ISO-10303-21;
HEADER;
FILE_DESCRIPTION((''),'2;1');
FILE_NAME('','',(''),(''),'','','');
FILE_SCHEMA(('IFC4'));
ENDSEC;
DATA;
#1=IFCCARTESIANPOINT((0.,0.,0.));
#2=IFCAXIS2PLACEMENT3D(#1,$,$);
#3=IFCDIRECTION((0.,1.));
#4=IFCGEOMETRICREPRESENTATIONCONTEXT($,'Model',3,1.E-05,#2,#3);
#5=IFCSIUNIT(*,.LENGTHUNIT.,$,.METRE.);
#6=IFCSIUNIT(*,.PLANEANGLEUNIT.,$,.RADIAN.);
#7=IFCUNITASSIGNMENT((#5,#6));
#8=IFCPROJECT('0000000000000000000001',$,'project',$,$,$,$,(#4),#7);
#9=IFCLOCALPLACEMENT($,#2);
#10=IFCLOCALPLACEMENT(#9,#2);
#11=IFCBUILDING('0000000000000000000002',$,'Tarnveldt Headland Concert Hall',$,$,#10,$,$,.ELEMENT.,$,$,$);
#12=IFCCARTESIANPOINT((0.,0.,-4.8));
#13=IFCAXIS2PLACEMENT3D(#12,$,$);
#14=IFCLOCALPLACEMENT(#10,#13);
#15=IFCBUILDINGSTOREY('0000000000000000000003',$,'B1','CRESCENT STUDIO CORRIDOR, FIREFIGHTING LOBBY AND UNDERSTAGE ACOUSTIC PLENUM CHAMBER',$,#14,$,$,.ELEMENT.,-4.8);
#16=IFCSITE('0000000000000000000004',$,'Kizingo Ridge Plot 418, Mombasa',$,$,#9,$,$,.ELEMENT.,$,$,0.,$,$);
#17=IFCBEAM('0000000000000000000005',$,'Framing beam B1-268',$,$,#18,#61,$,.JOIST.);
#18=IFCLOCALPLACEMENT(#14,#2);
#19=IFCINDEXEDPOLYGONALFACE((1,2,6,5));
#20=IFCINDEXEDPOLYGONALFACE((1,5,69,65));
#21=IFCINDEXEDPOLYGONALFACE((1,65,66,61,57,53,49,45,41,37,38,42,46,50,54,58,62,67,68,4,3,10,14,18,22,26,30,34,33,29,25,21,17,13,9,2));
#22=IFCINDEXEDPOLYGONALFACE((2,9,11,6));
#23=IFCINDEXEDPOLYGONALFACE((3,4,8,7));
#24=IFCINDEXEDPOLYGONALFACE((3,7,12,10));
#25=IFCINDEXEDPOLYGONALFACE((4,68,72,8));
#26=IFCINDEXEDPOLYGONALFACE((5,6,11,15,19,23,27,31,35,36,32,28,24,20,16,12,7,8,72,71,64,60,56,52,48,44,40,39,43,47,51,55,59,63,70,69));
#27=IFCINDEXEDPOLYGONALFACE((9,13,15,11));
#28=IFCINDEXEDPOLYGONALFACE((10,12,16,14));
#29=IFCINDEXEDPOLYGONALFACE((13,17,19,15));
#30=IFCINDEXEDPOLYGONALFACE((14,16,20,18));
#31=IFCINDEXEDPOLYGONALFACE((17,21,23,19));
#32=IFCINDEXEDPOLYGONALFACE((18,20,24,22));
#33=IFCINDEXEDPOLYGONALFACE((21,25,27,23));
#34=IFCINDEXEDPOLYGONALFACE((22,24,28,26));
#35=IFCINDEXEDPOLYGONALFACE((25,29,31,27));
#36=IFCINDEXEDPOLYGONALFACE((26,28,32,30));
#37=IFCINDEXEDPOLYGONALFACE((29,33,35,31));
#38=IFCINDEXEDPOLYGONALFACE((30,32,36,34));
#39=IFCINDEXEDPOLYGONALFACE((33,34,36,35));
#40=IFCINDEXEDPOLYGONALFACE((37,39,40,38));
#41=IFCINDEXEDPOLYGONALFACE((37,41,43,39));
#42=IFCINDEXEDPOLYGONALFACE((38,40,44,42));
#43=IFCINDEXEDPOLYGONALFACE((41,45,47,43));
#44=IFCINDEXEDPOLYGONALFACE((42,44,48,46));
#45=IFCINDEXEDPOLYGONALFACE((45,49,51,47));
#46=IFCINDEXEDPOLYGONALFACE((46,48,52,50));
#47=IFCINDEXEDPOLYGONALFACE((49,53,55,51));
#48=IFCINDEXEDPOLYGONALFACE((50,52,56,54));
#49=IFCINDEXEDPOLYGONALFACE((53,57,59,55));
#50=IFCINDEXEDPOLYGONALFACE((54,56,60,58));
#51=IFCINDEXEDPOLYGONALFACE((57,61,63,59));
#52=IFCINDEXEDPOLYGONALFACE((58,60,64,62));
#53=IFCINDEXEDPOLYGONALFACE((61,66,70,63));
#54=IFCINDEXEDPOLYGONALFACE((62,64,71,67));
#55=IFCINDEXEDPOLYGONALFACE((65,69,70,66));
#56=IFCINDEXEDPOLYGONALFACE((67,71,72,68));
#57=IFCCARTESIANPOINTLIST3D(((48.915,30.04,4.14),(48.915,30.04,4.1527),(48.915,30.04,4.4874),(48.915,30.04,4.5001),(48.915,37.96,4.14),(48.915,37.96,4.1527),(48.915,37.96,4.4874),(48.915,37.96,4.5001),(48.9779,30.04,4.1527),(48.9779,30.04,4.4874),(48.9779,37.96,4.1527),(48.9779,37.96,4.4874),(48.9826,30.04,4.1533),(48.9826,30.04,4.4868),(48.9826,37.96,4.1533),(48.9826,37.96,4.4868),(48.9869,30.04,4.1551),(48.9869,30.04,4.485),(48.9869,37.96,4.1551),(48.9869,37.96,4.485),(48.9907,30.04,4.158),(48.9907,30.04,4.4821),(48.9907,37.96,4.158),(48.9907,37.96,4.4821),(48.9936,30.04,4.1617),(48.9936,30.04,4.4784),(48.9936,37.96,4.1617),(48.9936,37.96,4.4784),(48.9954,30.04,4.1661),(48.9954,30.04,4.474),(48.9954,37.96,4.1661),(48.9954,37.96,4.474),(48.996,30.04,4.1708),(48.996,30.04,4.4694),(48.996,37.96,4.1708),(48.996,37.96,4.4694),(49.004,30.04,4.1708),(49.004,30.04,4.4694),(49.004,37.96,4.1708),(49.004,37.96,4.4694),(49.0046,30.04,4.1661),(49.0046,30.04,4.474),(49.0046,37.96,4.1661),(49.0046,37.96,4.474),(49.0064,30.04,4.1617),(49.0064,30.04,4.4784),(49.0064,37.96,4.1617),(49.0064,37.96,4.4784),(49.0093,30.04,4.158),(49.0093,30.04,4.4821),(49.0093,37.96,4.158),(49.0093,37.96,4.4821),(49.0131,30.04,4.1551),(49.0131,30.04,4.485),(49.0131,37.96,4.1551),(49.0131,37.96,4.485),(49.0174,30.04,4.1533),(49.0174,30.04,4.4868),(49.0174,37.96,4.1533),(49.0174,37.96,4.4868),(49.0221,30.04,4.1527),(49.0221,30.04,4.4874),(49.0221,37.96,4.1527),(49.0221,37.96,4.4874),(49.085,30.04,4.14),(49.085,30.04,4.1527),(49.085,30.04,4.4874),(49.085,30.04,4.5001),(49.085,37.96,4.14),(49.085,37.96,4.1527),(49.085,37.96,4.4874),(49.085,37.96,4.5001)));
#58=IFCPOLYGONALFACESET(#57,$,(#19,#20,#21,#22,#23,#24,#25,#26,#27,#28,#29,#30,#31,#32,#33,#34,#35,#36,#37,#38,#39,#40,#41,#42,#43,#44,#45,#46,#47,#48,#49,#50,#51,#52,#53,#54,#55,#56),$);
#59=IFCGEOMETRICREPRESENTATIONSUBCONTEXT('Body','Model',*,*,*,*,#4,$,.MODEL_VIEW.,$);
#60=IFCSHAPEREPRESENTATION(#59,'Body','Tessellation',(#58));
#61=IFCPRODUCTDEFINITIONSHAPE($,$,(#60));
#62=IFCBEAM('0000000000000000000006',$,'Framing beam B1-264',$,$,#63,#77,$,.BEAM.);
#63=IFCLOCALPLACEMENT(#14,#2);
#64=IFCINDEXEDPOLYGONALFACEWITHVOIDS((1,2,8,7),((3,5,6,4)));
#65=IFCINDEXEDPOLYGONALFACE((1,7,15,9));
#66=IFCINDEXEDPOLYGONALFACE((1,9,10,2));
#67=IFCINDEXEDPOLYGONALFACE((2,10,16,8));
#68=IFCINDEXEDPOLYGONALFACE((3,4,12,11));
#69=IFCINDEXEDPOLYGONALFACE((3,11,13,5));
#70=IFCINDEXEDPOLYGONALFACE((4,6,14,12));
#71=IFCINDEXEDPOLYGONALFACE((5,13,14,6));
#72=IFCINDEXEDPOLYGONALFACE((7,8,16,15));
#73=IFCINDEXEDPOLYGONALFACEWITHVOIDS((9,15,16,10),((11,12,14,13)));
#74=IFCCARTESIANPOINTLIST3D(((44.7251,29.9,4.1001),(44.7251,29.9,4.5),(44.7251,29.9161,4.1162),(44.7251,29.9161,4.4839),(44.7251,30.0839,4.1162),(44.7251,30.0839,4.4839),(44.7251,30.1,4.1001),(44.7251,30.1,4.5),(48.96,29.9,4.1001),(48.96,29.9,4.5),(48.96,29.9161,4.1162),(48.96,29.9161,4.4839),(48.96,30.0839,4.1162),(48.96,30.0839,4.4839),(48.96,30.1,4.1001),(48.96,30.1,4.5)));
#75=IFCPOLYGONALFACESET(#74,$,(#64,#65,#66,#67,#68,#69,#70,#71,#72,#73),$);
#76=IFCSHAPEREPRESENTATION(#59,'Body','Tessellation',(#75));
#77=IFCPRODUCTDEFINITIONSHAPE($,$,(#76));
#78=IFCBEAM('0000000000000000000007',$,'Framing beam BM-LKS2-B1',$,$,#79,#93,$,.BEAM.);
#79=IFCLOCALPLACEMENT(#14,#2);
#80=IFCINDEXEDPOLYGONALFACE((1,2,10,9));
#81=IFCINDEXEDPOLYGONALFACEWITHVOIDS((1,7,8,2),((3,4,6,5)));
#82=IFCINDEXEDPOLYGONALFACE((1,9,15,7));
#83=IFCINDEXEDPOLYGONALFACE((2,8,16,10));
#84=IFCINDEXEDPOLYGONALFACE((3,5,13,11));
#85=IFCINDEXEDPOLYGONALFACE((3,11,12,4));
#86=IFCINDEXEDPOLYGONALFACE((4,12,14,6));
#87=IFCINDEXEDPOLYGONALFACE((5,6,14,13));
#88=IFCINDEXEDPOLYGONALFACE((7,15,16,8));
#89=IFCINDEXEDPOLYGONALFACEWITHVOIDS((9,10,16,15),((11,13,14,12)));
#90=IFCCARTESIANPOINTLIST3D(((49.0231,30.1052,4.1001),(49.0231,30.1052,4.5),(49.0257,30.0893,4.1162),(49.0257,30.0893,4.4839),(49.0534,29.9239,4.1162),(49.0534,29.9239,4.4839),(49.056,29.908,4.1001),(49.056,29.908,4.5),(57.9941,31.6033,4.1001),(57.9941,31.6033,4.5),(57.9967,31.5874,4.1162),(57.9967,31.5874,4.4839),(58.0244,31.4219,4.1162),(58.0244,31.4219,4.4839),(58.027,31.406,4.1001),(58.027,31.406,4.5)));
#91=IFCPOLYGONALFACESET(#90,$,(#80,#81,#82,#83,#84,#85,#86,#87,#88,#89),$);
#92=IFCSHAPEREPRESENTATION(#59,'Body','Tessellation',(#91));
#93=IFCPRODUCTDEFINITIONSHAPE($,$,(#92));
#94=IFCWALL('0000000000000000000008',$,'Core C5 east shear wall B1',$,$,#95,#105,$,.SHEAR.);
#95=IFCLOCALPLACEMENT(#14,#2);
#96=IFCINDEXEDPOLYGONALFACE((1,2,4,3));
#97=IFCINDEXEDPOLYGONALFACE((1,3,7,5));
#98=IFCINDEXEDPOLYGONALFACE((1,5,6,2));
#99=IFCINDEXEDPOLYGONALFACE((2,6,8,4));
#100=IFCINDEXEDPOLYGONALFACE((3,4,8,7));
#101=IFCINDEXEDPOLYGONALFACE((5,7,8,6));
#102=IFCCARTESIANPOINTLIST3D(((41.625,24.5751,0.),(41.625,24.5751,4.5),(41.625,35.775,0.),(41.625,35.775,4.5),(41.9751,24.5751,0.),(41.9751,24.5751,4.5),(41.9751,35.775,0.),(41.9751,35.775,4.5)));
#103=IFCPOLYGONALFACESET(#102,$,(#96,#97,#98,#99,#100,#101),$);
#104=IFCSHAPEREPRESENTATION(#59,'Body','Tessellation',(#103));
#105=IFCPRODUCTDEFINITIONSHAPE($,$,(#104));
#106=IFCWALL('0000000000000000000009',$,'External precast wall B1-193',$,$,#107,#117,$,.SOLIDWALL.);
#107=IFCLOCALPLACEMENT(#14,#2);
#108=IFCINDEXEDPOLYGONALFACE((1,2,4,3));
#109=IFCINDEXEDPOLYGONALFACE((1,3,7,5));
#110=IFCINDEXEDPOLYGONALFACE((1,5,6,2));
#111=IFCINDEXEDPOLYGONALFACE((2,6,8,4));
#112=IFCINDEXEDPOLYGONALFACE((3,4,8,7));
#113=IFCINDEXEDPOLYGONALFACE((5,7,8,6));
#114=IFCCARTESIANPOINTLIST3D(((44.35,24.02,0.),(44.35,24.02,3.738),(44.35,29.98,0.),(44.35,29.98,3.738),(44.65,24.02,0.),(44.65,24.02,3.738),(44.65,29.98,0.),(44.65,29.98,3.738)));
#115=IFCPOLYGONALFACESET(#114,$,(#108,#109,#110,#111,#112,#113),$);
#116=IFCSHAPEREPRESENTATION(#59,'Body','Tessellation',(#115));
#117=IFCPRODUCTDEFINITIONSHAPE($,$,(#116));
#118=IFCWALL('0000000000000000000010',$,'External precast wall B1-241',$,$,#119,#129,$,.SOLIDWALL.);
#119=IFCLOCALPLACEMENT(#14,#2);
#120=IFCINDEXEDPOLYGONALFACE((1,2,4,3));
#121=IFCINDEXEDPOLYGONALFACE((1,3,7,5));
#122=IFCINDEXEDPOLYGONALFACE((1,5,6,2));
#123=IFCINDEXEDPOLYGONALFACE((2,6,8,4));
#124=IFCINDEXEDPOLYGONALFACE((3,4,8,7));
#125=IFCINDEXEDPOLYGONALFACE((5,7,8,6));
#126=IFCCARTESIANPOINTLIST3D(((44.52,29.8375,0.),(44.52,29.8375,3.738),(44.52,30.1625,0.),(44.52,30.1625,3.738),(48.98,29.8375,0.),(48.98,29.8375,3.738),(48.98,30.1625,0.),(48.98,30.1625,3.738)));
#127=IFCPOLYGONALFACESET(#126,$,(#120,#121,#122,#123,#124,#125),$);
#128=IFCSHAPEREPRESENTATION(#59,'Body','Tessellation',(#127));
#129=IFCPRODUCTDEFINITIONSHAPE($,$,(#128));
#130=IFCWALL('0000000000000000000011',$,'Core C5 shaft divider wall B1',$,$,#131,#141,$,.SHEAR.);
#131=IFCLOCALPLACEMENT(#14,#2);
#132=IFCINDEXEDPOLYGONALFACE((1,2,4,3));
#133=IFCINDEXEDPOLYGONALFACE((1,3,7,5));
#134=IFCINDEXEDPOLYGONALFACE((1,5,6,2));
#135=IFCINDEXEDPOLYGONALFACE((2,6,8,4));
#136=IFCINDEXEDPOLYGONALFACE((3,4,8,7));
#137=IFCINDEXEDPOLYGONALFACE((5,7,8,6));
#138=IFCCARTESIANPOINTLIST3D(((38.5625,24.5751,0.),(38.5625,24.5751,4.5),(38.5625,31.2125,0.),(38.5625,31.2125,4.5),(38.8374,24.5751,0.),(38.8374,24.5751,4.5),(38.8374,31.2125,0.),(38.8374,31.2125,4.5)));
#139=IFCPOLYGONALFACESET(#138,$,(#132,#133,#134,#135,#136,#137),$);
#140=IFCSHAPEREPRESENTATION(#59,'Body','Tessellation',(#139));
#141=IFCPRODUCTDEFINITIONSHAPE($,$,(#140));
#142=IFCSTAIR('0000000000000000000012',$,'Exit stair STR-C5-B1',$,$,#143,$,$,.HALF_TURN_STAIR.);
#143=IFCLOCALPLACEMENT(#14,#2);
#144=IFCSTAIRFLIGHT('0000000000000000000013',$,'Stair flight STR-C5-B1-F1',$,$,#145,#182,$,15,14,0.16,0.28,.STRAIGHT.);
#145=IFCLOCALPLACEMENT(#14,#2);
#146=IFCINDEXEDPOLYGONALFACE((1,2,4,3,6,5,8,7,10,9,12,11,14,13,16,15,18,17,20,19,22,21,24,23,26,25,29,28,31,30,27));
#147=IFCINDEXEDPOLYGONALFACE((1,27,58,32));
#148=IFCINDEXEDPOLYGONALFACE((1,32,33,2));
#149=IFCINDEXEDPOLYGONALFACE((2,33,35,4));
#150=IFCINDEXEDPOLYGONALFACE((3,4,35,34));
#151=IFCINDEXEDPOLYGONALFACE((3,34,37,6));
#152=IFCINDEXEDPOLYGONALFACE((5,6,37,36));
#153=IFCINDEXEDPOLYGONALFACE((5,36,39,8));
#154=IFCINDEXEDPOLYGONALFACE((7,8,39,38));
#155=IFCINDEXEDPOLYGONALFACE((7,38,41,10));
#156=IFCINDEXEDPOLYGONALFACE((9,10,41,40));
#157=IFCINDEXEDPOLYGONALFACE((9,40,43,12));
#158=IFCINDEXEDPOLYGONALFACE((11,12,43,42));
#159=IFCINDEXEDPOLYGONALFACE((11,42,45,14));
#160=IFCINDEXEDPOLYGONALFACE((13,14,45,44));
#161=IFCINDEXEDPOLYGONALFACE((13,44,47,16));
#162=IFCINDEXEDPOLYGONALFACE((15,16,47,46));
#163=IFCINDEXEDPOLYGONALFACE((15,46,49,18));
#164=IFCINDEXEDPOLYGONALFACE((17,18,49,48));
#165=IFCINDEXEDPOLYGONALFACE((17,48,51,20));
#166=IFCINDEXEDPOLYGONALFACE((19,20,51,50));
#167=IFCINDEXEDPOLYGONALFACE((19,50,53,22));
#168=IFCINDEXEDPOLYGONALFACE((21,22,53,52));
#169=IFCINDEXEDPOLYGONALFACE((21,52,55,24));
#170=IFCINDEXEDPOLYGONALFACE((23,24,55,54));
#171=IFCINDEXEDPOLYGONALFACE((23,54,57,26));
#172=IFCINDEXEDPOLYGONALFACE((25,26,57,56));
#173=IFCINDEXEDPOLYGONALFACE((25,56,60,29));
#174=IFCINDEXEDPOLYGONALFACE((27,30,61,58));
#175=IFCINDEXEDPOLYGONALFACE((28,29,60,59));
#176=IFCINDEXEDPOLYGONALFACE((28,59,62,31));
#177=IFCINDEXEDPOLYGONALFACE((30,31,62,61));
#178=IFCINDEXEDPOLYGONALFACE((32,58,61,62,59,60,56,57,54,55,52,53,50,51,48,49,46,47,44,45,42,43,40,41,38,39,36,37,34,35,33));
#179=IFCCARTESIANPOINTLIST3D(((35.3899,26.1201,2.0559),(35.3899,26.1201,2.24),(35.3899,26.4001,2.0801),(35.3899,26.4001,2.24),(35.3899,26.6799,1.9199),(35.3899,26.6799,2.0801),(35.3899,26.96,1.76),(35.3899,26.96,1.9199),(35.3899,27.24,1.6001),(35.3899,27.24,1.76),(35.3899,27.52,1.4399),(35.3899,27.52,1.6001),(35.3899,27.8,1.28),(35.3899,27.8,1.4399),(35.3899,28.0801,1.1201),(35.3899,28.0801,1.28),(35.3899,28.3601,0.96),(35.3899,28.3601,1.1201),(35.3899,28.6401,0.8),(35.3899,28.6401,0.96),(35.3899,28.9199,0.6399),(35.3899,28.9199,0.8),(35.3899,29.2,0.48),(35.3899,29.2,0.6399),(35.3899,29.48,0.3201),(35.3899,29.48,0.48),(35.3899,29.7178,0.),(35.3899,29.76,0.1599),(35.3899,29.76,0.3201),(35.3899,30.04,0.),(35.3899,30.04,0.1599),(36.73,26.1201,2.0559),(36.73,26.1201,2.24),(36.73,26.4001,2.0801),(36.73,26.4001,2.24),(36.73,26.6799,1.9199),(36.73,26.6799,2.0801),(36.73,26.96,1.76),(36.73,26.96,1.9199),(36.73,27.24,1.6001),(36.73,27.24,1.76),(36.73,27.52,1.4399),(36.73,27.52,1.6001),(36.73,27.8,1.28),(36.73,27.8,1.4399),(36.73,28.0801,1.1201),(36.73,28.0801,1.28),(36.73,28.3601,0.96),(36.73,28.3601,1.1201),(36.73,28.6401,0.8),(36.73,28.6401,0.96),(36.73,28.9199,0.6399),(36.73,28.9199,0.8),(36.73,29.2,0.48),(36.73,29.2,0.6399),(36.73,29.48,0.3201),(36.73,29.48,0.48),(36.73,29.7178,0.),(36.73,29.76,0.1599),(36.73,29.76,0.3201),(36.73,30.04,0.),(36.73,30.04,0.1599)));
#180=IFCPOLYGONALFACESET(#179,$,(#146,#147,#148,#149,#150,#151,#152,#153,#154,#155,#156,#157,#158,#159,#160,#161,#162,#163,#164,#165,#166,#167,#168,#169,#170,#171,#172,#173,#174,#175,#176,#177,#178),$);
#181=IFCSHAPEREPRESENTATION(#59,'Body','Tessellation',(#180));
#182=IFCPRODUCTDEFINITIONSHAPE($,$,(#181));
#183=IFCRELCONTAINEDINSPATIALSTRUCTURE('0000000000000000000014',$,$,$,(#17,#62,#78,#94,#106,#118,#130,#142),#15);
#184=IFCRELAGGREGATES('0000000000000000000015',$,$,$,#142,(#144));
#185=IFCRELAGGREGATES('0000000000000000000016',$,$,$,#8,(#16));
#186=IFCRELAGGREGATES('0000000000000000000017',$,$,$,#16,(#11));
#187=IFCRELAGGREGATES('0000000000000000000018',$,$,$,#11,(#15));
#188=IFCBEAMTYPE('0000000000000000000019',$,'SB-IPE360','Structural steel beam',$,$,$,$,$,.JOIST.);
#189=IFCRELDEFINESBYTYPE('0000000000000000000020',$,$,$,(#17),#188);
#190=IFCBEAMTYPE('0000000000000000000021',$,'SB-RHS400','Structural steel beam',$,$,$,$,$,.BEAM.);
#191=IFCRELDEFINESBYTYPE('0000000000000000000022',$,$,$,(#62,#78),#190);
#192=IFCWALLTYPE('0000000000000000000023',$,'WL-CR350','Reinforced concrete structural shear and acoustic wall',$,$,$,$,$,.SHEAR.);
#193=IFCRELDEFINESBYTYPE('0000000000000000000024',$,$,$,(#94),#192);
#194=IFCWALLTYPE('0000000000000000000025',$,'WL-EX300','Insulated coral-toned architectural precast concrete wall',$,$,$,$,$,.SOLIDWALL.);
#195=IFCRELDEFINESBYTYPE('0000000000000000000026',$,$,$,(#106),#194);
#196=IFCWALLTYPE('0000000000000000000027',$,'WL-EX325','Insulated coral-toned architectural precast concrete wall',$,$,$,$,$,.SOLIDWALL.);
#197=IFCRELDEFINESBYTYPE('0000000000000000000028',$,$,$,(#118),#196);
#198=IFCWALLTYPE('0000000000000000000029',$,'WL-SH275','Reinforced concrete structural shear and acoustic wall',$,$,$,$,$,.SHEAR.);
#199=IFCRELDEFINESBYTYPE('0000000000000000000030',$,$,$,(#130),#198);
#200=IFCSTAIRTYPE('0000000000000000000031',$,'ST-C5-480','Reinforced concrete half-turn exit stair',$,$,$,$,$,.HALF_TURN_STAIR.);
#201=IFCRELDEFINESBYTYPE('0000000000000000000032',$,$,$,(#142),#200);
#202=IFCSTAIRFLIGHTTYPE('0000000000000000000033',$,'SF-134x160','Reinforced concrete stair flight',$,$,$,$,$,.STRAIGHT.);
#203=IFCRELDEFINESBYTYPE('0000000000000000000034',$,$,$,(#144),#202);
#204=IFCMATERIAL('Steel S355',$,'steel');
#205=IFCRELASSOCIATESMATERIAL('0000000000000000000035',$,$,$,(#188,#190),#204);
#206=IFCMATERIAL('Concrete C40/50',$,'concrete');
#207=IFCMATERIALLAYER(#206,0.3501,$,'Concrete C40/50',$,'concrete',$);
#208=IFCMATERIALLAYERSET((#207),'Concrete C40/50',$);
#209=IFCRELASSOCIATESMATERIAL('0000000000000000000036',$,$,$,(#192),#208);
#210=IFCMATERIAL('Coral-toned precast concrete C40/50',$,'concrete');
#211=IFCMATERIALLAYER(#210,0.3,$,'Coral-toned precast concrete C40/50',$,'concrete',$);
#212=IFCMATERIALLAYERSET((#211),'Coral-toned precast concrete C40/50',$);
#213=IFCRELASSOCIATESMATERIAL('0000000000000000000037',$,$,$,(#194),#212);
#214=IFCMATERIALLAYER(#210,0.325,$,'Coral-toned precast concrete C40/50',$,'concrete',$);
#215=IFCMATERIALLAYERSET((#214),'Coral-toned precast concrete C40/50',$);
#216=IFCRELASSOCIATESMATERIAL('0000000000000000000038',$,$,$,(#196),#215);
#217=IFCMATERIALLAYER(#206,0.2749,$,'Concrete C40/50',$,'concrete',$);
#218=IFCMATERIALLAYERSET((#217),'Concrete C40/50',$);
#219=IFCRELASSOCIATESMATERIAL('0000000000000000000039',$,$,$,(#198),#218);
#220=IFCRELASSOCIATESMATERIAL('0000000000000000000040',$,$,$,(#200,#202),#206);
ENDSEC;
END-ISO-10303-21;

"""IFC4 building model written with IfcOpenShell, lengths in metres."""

from ifc_helpers import new_model, si_unit, direction, frame, frame_2d, origin, origin_2d, place, context, subcontext, project, spatial, polyline, rectangle, hollow_rectangle, i_section, outline, extrude, material, layer, layer_set, material_profile, profile_set, type_object, element, aggregate, save


model = new_model("IFC4")

# Units and contexts
model_context = context("Model", 3, precision=1e-05, world=origin(), true_north=direction((0.0, 1.0)))
body_context = subcontext(model_context, "Body", "Model", "MODEL_VIEW")
ifc_project = project(units=[si_unit("LENGTHUNIT", "METRE"), si_unit("PLANEANGLEUNIT", "RADIAN")], contexts=[model_context])

# Site, building, storey
site_placement = place(None, origin())
site = spatial("IfcSite", under=ifc_project, at=site_placement, Name="Kizingo Ridge Plot 418, Mombasa", CompositionType="ELEMENT", RefElevation=0.0)
building_placement = place(site_placement, origin())
building = spatial("IfcBuilding", under=site, at=building_placement, Name="Tarnveldt Headland Concert Hall", CompositionType="ELEMENT")
storey_placement = place(building_placement, frame((0.0, 0.0, -4.8)))
storey = spatial("IfcBuildingStorey", under=building, at=storey_placement, Name="B1", Description="CRESCENT STUDIO CORRIDOR, FIREFIGHTING LOBBY AND UNDERSTAGE ACOUSTIC PLENUM CHAMBER", CompositionType="ELEMENT", Elevation=-4.8)

# Shared definitions
ifc_material_1 = material(Name="Concrete C40/50", Category="concrete")

# Beams
ifc_material_2 = material(Name="Steel S355", Category="steel")
ifc_material_profile_1 = material_profile(ifc_material_2, i_section(OverallWidth=0.1699, OverallDepth=0.3601, WebThickness=0.0081, FlangeThickness=0.0127, FilletRadius=0.0181, at=origin_2d()), Name="IPE360", Category="steel")
ifc_profile_set_1 = profile_set([ifc_material_profile_1], Name="Steel S355")
beam_type_1 = type_object("IfcBeamType", Name="SB-IPE360", Description="Structural steel beam", PredefinedType="JOIST", material=ifc_profile_set_1)
beam_1_placement = place(storey_placement, frame((49.0, 30.04, 4.3201), z_axis=(0.0, 1.0, 0.0), x_axis=(-1.0, 0.0, 0.0)))
element("IfcBeam", 1, at=beam_1_placement, inside=storey, type_object=beam_type_1, Name="Framing beam B1-268", PredefinedType="JOIST", context=body_context, shape_type="SweptSolid", body=[
    extrude(i_section(OverallWidth=0.1699, OverallDepth=0.3601, WebThickness=0.0081, FlangeThickness=0.0127, FilletRadius=0.0181, at=origin_2d()), origin(), (0.0, 0.0, 1.0), 7.9199),
])
ifc_material_profile_2 = material_profile(ifc_material_2, hollow_rectangle(XDim=0.2, YDim=0.3999, WallThickness=0.0161, at=origin_2d()), Name="RHS 400x200x16", Category="steel")
ifc_profile_set_2 = profile_set([ifc_material_profile_2], Name="Steel S355")
beam_type_2 = type_object("IfcBeamType", Name="SB-RHS400", Description="Structural steel beam", PredefinedType="BEAM", material=ifc_profile_set_2)
beam_2_placement = place(storey_placement, frame((44.7251, 30.0, 4.3), z_axis=(1.0, 0.0, 0.0), x_axis=(0.0, 1.0, 0.0)))
element("IfcBeam", 2, at=beam_2_placement, inside=storey, type_object=beam_type_2, Name="Framing beam B1-264", PredefinedType="BEAM", context=body_context, shape_type="SweptSolid", body=[
    extrude(hollow_rectangle(XDim=0.2, YDim=0.3999, WallThickness=0.0161, at=origin_2d()), origin(), (0.0, 0.0, 1.0), 4.2349),
])
beam_3_placement = place(storey_placement, frame((49.0396, 30.0066, 4.3), z_axis=(0.986342, 0.164708, 0.0), x_axis=(-0.164708, 0.986342, 0.0)))
element("IfcBeam", 3, at=beam_3_placement, inside=storey, type_object=beam_type_2, Name="Framing beam BM-LKS2-B1", PredefinedType="BEAM", context=body_context, shape_type="SweptSolid", body=[
    extrude(hollow_rectangle(XDim=0.2, YDim=0.3999, WallThickness=0.0161, at=origin_2d()), origin(), (0.0, 0.0, 1.0), 9.0952),
])

# Walls
ifc_layer_1 = layer(ifc_material_1, 0.3501, Name="Concrete C40/50", Category="concrete")
ifc_layer_set_1 = layer_set([ifc_layer_1], Name="Concrete C40/50")
wall_type_1 = type_object("IfcWallType", Name="WL-CR350", Description="Reinforced concrete structural shear and acoustic wall", PredefinedType="SHEAR", material=ifc_layer_set_1)
wall_1_placement = place(storey_placement, frame((41.8, 24.575, 0.0), z_axis=(0.0, 0.0, 1.0), x_axis=(0.0, 1.0, 0.0)))
element("IfcWall", 4, at=wall_1_placement, inside=storey, type_object=wall_type_1, Name="Core C5 east shear wall B1", PredefinedType="SHEAR", context=body_context, shape_type="SweptSolid", body=[
    extrude(rectangle(XDim=11.2, YDim=0.3501, at=frame_2d((5.6001, 0.0))), origin(), (0.0, 0.0, 1.0), 4.5),
])
ifc_material_3 = material(Name="Coral-toned precast concrete C40/50", Category="concrete")
ifc_layer_2 = layer(ifc_material_3, 0.3, Name="Coral-toned precast concrete C40/50", Category="concrete")
ifc_layer_set_2 = layer_set([ifc_layer_2], Name="Coral-toned precast concrete C40/50")
wall_type_2 = type_object("IfcWallType", Name="WL-EX300", Description="Insulated coral-toned architectural precast concrete wall", PredefinedType="SOLIDWALL", material=ifc_layer_set_2)
wall_2_placement = place(storey_placement, frame((44.5, 29.98, 0.0), z_axis=(0.0, 0.0, 1.0), x_axis=(0.0, -1.0, 0.0)))
element("IfcWall", 5, at=wall_2_placement, inside=storey, type_object=wall_type_2, Name="External precast wall B1-193", PredefinedType="SOLIDWALL", context=body_context, shape_type="SweptSolid", body=[
    extrude(rectangle(XDim=5.96, YDim=0.3, at=frame_2d((2.98, 0.0))), origin(), (0.0, 0.0, 1.0), 3.738),
])
ifc_layer_3 = layer(ifc_material_3, 0.325, Name="Coral-toned precast concrete C40/50", Category="concrete")
ifc_layer_set_3 = layer_set([ifc_layer_3], Name="Coral-toned precast concrete C40/50")
wall_type_3 = type_object("IfcWallType", Name="WL-EX325", Description="Insulated coral-toned architectural precast concrete wall", PredefinedType="SOLIDWALL", material=ifc_layer_set_3)
wall_3_placement = place(storey_placement, frame((48.98, 30.0, 0.0), z_axis=(0.0, 0.0, 1.0), x_axis=(-1.0, 0.0, 0.0)))
element("IfcWall", 6, at=wall_3_placement, inside=storey, type_object=wall_type_3, Name="External precast wall B1-241", PredefinedType="SOLIDWALL", context=body_context, shape_type="SweptSolid", body=[
    extrude(rectangle(XDim=4.46, YDim=0.325, at=frame_2d((2.23, 0.0))), origin(), (0.0, 0.0, 1.0), 3.738),
])
ifc_layer_4 = layer(ifc_material_1, 0.2749, Name="Concrete C40/50", Category="concrete")
ifc_layer_set_4 = layer_set([ifc_layer_4], Name="Concrete C40/50")
wall_type_4 = type_object("IfcWallType", Name="WL-SH275", Description="Reinforced concrete structural shear and acoustic wall", PredefinedType="SHEAR", material=ifc_layer_set_4)
wall_4_placement = place(storey_placement, frame((38.7, 24.575, 0.0), z_axis=(0.0, 0.0, 1.0), x_axis=(0.0, 1.0, 0.0)))
element("IfcWall", 7, at=wall_4_placement, inside=storey, type_object=wall_type_4, Name="Core C5 shaft divider wall B1", PredefinedType="SHEAR", context=body_context, shape_type="SweptSolid", body=[
    extrude(rectangle(XDim=6.6375, YDim=0.2749, at=frame_2d((3.3188, 0.0))), origin(), (0.0, 0.0, 1.0), 4.5),
])

# Stair, stair flight
stair_type = type_object("IfcStairType", Name="ST-C5-480", Description="Reinforced concrete half-turn exit stair", PredefinedType="HALF_TURN_STAIR", material=ifc_material_1)
stair_placement = place(storey_placement, origin())
stair = element("IfcStair", 8, at=stair_placement, inside=storey, type_object=stair_type, Name="Exit stair STR-C5-B1", PredefinedType="HALF_TURN_STAIR")
stair_flight_type = type_object("IfcStairFlightType", Name="SF-134x160", Description="Reinforced concrete stair flight", PredefinedType="STRAIGHT", material=ifc_material_1)
stair_flight_1_placement = place(storey_placement, frame((36.0601, 30.04, 0.0), z_axis=(0.0, 0.0, 1.0), x_axis=(0.0, -1.0, 0.0)))
stair_flight_1 = element("IfcStairFlight", 9, at=stair_flight_1_placement, type_object=stair_flight_type, Name="Stair flight STR-C5-B1-F1", NumberOfRisers=15, NumberOfTreads=14, PredefinedType="STRAIGHT", RiserHeight=0.16, TreadLength=0.28, context=body_context, shape_type="SweptSolid", body=[
    extrude(outline(polyline([(0.0, 0.0), (0.0, 0.1599), (0.28, 0.1599), (0.28, 0.3201), (0.5601, 0.3201), (0.5601, 0.48), (0.8401, 0.48), (0.8401, 0.6399), (1.1201, 0.6399), (1.1201, 0.8), (1.3999, 0.8), (1.3999, 0.96), (1.6799, 0.96), (1.6799, 1.1201), (1.96, 1.1201), (1.96, 1.28), (2.24, 1.28), (2.24, 1.4399), (2.52, 1.4399), (2.52, 1.6001), (2.8, 1.6001), (2.8, 1.76), (3.0801, 1.76), (3.0801, 1.9199), (3.3601, 1.9199), (3.3601, 2.0801), (3.6399, 2.0801), (3.6399, 2.24), (3.9199, 2.24), (3.9199, 2.3999), (3.9199, 2.0559), (0.3223, 0.0), (0.0, 0.0)])), frame((0.0, 0.6699, 0.0), z_axis=(0.0, -1.0, 0.0), x_axis=(1.0, 0.0, 0.0)), (0.0, 0.0, 1.0), 1.3401),
])
aggregate(stair, [stair_flight_1])

save(model, "model.ifc")
